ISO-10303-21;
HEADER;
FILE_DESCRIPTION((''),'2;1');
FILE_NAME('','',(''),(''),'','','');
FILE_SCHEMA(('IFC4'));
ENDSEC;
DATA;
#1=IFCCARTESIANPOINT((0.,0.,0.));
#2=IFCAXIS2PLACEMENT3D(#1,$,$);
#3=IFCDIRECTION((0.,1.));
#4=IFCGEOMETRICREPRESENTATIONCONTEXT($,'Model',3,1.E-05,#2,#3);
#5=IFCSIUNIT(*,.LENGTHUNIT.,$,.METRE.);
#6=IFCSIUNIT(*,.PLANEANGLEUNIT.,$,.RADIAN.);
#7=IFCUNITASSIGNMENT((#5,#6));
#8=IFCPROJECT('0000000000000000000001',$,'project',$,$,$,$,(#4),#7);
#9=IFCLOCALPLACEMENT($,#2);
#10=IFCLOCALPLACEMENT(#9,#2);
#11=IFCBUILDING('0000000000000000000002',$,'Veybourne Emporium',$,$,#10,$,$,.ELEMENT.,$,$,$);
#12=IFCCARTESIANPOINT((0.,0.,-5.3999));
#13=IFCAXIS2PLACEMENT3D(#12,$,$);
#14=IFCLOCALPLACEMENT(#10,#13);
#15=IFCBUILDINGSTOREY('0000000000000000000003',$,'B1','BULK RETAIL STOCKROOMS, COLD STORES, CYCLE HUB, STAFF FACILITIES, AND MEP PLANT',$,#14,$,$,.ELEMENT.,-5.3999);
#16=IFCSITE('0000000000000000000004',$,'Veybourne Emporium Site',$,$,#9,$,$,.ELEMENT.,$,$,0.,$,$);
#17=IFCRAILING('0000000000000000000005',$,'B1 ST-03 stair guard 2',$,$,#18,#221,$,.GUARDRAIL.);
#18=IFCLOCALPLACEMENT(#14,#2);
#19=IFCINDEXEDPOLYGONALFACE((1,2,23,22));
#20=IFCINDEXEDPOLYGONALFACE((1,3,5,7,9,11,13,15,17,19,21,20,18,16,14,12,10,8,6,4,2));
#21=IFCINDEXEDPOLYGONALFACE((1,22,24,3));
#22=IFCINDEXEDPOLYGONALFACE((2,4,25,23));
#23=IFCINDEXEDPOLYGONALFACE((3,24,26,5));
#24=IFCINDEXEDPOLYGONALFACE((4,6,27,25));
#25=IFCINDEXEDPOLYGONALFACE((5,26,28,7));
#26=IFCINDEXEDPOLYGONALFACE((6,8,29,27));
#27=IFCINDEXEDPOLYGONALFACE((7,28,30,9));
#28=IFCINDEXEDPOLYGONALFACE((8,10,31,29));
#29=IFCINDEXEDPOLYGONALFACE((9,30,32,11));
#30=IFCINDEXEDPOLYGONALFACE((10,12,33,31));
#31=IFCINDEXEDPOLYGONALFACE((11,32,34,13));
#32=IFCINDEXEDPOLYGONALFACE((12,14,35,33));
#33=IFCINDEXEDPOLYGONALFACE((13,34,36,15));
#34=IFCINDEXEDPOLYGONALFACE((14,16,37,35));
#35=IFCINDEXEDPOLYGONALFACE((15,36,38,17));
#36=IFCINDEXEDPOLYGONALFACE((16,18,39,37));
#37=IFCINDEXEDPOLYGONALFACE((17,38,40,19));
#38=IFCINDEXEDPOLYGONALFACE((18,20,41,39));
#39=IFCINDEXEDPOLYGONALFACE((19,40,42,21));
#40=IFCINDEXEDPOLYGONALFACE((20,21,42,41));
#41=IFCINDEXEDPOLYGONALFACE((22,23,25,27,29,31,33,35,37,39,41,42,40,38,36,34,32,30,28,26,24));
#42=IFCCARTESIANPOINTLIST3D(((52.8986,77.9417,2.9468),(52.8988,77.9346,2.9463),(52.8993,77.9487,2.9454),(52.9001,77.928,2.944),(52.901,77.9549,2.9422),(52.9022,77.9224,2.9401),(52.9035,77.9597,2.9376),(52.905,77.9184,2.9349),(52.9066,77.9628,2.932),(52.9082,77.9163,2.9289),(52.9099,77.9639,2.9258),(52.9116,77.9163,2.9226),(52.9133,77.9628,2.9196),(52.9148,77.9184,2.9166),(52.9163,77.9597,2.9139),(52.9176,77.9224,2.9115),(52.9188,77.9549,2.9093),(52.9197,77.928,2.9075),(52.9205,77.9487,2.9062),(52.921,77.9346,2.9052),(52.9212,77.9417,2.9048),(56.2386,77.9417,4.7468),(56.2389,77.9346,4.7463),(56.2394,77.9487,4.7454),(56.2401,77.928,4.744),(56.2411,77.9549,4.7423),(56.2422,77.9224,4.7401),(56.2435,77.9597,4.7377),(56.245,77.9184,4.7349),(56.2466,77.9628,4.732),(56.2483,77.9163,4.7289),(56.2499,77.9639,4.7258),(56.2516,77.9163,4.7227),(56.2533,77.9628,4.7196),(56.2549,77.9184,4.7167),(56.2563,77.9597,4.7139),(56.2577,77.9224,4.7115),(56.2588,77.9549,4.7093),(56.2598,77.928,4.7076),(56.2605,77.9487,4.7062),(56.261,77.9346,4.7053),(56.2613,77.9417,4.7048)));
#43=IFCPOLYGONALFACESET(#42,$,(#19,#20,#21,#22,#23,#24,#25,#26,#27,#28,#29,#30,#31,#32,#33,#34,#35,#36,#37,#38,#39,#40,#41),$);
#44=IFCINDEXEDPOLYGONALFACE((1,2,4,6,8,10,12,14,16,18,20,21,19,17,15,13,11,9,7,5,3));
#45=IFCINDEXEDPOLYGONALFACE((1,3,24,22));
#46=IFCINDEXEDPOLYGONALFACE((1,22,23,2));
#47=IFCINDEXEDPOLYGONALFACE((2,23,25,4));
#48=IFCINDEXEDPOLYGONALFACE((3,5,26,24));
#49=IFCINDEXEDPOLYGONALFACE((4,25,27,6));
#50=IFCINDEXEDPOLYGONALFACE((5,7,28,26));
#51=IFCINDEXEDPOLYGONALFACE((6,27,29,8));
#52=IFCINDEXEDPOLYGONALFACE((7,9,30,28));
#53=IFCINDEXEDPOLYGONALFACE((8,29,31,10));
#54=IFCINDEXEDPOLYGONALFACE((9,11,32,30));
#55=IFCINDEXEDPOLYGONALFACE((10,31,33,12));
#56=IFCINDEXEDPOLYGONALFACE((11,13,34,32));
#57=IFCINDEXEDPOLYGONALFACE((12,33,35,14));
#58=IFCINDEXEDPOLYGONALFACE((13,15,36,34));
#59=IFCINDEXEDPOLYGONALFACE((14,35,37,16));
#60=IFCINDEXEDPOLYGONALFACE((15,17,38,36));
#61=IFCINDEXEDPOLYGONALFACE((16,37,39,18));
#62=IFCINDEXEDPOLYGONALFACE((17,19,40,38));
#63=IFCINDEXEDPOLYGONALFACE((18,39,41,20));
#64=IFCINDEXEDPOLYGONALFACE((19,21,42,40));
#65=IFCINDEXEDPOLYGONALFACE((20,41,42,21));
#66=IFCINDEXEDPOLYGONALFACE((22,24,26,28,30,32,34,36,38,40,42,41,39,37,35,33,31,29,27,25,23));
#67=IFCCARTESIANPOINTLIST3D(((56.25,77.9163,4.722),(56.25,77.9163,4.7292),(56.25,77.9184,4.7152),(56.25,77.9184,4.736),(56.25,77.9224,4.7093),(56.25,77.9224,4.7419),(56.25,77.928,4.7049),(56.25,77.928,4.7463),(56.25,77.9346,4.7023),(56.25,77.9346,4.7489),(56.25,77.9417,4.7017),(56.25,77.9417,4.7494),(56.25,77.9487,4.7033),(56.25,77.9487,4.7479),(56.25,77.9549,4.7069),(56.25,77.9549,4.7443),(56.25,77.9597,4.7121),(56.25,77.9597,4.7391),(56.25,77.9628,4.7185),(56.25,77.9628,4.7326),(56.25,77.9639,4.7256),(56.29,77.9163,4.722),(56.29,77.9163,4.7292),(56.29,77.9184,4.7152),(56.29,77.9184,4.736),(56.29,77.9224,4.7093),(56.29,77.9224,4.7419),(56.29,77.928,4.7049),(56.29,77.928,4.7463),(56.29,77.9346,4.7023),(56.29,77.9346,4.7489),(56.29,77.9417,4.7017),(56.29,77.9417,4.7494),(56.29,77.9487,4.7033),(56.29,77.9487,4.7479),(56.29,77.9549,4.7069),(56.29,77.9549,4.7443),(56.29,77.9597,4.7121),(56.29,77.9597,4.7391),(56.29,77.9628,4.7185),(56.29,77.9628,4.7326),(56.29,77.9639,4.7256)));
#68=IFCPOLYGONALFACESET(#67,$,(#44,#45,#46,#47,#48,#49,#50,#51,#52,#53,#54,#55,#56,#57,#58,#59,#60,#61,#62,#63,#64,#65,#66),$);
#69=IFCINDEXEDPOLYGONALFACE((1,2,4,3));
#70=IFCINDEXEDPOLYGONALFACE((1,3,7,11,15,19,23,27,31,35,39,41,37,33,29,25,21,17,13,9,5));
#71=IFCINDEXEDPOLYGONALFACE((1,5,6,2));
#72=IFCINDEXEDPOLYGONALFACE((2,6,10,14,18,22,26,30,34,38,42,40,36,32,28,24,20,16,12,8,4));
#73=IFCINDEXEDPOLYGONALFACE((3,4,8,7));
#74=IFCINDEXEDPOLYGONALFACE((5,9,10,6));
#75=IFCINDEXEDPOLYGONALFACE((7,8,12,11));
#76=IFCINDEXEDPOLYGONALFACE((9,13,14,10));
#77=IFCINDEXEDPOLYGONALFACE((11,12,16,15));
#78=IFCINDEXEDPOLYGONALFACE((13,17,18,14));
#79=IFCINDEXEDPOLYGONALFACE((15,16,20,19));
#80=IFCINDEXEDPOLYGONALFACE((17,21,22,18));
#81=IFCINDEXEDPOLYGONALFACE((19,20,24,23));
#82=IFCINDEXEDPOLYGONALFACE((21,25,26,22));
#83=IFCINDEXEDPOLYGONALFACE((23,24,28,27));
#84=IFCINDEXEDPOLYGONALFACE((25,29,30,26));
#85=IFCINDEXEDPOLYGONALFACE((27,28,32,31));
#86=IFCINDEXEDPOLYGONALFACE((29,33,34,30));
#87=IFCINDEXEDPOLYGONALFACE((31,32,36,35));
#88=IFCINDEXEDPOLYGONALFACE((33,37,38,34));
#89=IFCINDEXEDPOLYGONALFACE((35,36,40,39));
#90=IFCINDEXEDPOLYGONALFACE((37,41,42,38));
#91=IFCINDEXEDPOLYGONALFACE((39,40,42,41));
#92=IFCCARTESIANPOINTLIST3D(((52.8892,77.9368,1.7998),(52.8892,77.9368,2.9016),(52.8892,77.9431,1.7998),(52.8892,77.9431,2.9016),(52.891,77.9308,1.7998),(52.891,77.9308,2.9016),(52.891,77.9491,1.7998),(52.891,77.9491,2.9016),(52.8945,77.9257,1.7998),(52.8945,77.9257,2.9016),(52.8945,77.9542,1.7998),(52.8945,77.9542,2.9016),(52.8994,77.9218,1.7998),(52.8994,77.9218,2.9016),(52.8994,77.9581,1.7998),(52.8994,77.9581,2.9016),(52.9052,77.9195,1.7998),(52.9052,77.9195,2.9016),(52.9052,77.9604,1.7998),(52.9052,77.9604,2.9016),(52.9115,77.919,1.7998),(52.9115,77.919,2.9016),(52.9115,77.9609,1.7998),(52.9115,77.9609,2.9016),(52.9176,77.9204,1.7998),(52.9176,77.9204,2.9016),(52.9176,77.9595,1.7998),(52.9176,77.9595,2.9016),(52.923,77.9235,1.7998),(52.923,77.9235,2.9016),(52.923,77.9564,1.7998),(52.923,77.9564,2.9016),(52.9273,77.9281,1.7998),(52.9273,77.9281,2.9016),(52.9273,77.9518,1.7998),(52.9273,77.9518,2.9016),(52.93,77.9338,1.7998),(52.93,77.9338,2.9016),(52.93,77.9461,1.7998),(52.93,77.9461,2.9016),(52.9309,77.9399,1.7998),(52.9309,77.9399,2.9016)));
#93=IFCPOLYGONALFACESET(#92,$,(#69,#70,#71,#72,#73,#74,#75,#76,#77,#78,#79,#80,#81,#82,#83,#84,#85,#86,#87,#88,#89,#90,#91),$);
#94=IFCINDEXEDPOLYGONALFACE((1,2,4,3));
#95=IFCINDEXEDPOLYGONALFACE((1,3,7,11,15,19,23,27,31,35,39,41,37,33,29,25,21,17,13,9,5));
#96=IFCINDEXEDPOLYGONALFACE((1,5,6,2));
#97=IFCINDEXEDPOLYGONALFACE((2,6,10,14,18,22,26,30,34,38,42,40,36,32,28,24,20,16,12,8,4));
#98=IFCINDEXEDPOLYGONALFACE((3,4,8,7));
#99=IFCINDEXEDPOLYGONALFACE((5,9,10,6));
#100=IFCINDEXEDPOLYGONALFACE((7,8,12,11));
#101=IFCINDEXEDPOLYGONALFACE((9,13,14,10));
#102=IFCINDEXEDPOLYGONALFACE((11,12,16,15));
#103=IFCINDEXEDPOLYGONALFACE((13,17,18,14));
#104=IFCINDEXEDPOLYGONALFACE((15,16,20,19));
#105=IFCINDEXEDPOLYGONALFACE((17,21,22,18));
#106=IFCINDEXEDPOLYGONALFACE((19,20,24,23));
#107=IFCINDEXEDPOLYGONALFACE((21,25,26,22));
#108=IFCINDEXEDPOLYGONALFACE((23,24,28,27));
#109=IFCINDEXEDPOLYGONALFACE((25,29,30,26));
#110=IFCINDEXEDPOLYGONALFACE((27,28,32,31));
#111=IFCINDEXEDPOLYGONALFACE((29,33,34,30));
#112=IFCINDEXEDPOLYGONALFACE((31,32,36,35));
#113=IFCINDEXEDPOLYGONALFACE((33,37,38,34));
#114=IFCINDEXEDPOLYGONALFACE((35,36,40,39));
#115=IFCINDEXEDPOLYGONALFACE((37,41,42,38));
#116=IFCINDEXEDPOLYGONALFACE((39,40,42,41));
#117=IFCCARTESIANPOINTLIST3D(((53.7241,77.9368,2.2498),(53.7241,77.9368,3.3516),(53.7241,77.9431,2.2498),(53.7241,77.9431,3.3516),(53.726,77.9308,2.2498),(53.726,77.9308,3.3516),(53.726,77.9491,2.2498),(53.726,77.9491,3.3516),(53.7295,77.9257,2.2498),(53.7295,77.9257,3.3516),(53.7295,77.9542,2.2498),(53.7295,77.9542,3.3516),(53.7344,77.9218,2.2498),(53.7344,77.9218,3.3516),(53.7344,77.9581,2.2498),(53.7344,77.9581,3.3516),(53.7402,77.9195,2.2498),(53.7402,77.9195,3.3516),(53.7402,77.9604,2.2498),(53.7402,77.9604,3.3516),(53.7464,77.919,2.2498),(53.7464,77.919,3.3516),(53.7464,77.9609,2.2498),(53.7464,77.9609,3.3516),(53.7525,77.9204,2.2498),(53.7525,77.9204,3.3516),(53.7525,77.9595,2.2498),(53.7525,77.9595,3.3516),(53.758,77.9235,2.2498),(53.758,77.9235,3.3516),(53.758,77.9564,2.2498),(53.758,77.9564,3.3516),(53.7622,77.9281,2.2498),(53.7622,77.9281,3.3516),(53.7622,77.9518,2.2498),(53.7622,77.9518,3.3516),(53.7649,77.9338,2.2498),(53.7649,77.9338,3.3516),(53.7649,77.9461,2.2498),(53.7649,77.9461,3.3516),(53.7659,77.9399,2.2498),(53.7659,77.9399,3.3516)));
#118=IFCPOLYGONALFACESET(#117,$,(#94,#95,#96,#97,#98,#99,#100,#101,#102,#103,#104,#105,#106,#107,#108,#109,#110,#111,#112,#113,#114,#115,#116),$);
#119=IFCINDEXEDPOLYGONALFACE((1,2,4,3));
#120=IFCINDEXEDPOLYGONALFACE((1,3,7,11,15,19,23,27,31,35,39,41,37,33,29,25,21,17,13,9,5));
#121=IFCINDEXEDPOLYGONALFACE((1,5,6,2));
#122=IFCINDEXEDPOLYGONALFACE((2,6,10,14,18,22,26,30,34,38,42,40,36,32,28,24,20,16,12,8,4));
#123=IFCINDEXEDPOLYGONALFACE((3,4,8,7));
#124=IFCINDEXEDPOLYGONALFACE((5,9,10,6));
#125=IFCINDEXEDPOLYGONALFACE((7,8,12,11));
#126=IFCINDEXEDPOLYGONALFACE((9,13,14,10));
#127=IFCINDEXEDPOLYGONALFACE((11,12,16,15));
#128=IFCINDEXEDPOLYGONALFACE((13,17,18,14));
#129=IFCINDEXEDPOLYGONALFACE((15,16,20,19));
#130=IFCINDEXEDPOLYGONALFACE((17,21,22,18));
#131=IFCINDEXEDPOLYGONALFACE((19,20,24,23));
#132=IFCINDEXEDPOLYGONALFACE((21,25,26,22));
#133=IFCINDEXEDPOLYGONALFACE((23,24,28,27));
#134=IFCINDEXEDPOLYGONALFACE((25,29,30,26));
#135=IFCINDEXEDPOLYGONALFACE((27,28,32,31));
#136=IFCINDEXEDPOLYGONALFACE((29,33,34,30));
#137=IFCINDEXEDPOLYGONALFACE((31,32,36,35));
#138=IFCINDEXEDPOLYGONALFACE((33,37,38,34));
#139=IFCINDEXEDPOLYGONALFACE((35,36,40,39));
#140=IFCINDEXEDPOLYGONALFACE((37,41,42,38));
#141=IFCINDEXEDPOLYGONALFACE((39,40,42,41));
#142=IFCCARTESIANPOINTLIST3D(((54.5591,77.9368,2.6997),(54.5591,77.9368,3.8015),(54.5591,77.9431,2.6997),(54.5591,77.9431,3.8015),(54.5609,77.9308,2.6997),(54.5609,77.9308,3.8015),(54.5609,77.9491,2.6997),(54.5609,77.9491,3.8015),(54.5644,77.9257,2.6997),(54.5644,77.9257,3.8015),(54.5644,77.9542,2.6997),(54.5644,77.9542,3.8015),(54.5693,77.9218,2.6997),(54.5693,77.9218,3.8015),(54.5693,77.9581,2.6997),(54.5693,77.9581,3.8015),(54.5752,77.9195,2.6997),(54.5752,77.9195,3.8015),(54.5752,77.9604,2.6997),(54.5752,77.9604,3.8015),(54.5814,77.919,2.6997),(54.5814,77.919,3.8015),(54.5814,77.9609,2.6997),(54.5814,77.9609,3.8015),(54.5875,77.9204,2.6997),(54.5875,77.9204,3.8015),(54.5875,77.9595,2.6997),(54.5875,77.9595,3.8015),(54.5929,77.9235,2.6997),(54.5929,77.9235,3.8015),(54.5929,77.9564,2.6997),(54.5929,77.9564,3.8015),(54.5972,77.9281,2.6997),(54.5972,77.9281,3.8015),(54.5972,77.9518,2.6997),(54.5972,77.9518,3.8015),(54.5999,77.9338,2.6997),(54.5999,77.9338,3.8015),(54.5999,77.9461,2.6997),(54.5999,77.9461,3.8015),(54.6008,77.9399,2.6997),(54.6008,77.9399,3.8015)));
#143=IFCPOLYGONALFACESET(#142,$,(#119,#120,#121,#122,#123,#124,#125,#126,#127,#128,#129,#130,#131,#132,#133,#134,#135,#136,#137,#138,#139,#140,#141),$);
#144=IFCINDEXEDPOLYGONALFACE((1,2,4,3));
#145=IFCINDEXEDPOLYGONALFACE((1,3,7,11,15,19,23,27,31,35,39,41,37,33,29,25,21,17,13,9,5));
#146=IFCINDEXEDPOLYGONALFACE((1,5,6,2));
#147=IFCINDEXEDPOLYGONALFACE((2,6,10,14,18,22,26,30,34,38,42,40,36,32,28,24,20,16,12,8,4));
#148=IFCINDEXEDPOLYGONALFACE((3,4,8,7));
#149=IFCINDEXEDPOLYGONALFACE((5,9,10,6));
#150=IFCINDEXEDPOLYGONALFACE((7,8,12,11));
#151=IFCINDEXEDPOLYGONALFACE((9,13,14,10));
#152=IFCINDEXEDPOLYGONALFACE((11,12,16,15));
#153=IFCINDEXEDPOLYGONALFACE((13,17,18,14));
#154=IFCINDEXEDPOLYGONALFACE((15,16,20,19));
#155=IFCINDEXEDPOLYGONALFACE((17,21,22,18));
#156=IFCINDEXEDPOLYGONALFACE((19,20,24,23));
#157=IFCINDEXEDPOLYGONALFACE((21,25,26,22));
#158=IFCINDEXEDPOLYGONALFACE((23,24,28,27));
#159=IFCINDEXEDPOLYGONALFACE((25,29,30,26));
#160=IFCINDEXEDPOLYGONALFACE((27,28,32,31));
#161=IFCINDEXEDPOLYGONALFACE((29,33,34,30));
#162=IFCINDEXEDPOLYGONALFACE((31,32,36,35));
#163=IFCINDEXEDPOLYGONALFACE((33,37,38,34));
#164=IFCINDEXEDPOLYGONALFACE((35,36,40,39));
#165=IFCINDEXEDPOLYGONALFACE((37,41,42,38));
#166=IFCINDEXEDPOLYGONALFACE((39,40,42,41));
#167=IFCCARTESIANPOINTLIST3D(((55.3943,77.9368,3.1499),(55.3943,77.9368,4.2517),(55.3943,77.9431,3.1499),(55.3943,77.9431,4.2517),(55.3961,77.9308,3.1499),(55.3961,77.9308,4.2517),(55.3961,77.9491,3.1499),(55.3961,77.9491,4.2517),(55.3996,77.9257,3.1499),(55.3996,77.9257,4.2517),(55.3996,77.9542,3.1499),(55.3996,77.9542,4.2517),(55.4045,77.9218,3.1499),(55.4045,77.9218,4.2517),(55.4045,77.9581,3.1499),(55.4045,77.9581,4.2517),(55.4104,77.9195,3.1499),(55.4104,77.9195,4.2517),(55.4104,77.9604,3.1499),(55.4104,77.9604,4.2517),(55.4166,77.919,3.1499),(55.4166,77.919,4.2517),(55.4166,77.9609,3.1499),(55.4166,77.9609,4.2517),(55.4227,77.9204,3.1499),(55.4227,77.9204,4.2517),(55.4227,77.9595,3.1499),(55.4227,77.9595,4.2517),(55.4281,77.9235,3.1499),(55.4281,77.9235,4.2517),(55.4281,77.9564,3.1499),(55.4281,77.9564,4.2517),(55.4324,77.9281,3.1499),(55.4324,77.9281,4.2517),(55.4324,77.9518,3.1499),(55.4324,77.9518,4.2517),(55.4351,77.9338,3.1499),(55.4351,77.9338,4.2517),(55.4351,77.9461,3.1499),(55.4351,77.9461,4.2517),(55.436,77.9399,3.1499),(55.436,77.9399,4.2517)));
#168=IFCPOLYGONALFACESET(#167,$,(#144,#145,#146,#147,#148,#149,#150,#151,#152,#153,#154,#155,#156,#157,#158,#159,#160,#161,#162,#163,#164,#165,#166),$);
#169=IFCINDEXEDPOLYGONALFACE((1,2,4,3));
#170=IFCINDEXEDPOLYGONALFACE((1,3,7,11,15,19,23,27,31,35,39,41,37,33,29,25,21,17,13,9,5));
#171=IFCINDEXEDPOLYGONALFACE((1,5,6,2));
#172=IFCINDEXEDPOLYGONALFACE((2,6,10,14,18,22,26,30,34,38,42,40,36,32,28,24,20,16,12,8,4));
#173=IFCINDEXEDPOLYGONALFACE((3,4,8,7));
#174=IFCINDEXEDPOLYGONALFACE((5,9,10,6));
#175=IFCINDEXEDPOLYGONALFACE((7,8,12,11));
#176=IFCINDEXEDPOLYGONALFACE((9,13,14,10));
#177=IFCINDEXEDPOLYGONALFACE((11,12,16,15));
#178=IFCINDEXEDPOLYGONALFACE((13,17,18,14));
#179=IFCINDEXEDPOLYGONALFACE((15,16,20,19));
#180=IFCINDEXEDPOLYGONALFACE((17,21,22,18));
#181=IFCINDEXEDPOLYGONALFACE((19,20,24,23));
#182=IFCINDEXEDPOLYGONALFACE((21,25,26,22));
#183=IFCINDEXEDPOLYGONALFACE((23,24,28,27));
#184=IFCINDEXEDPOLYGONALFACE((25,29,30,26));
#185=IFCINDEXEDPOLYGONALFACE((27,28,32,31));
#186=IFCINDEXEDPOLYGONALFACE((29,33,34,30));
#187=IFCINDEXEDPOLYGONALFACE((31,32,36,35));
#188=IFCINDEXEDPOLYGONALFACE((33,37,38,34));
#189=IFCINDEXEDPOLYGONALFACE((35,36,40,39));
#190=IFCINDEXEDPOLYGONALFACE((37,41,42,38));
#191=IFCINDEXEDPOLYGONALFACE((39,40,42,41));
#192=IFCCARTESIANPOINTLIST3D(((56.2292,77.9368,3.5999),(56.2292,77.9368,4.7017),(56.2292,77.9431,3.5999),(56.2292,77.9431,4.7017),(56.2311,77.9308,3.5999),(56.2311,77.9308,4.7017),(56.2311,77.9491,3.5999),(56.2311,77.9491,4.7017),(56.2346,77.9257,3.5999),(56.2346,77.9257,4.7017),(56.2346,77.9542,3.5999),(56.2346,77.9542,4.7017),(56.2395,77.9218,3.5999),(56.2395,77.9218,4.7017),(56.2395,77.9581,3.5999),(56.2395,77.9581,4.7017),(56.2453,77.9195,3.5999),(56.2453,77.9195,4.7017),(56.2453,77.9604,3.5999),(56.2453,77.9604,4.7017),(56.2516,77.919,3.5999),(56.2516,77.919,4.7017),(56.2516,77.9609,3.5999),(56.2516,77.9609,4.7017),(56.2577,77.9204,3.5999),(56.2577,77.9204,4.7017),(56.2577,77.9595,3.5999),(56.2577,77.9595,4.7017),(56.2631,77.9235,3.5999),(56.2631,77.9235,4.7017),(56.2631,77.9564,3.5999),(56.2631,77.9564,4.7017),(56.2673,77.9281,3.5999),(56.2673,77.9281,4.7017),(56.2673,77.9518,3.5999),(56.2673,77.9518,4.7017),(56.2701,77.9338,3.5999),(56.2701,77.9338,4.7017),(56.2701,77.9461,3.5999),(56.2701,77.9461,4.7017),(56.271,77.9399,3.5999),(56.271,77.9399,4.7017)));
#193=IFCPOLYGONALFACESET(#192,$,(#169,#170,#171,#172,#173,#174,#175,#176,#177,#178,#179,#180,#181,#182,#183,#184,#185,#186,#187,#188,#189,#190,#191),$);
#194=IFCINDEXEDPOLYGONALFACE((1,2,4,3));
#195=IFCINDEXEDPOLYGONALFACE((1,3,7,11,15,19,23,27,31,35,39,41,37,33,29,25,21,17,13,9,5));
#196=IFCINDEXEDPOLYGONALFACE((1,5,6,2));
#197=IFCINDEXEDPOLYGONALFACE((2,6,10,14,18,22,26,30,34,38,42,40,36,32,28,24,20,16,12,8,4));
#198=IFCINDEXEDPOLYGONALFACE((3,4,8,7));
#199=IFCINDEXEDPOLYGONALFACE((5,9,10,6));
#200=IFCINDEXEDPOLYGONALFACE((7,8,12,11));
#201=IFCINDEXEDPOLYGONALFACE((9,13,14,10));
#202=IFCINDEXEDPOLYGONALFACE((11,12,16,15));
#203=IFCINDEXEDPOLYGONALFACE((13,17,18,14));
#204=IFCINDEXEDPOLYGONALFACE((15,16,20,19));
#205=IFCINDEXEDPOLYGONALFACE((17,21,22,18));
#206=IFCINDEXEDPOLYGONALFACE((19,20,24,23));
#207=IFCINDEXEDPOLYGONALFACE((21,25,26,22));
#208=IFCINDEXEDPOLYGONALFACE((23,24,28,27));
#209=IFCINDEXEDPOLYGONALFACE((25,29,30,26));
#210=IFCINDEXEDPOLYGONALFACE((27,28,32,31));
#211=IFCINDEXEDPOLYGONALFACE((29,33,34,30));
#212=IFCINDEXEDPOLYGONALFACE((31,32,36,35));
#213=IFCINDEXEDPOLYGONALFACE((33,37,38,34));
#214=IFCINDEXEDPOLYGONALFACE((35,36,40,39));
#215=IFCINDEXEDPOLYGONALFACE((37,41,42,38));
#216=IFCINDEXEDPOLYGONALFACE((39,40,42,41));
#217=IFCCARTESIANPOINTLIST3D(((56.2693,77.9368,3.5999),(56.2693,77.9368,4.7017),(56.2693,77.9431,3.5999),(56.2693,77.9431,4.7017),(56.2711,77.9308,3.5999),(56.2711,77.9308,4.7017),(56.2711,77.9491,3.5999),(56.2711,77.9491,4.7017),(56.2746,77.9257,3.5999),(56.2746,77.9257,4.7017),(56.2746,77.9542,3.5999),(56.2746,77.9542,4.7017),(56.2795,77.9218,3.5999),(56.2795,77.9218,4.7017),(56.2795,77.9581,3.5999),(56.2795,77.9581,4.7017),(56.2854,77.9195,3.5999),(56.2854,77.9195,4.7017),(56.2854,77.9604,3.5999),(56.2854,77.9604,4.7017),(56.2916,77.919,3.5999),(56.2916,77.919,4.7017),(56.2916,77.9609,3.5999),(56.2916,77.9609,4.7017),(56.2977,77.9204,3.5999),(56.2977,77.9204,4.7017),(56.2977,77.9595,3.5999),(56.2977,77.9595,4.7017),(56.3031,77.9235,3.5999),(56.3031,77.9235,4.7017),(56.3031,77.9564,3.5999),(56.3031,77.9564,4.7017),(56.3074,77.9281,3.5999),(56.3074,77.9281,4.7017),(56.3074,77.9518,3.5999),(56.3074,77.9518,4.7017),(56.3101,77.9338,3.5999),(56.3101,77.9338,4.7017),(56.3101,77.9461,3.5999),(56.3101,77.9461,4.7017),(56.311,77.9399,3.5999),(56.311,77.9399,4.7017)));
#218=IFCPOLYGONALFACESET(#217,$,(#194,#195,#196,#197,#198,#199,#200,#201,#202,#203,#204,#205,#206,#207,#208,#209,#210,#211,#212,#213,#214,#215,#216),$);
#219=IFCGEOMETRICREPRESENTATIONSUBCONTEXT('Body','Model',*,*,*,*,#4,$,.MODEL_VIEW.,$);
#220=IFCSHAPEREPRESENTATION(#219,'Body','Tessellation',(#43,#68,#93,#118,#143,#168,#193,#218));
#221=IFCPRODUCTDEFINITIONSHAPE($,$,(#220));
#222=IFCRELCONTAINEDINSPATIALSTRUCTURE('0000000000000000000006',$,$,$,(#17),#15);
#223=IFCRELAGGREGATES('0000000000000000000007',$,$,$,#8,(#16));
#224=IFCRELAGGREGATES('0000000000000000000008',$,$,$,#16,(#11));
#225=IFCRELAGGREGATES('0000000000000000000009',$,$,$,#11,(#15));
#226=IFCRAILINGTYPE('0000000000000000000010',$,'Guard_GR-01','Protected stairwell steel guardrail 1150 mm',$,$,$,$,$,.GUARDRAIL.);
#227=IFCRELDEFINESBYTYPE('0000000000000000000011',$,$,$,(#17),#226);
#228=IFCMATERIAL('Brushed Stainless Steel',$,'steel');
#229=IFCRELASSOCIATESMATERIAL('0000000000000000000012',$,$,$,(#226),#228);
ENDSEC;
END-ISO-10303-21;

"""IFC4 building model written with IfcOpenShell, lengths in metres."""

from ifc_helpers import new_model, si_unit, direction, frame, origin, origin_2d, place, context, subcontext, project, spatial, circle, extrude, material, type_object, element, save


model = new_model("IFC4")

# Units and contexts
model_context = context("Model", 3, precision=1e-05, world=origin(), true_north=direction((0.0, 1.0)))
body_context = subcontext(model_context, "Body", "Model", "MODEL_VIEW")
ifc_project = project(units=[si_unit("LENGTHUNIT", "METRE"), si_unit("PLANEANGLEUNIT", "RADIAN")], contexts=[model_context])

# Site, building, storey
site_placement = place(None, origin())
site = spatial("IfcSite", under=ifc_project, at=site_placement, Name="Veybourne Emporium Site", CompositionType="ELEMENT", RefElevation=0.0)
building_placement = place(site_placement, origin())
building = spatial("IfcBuilding", under=site, at=building_placement, Name="Veybourne Emporium", CompositionType="ELEMENT")
storey_placement = place(building_placement, frame((0.0, 0.0, -5.3999)))
storey = spatial("IfcBuildingStorey", under=building, at=storey_placement, Name="B1", Description="BULK RETAIL STOCKROOMS, COLD STORES, CYCLE HUB, STAFF FACILITIES, AND MEP PLANT", CompositionType="ELEMENT", Elevation=-5.3999)

# Railing
ifc_material_1 = material(Name="Brushed Stainless Steel", Category="steel")
railing_type_1 = type_object("IfcRailingType", Name="Guard_GR-01", Description="Protected stairwell steel guardrail 1150 mm", PredefinedType="GUARDRAIL", material=ifc_material_1)
railing_1_placement = place(storey_placement, frame((52.9099, 77.9399, 1.7998)))
element("IfcRailing", 1, at=railing_1_placement, inside=storey, type_object=railing_type_1, Name="B1 ST-03 stair guard 2", PredefinedType="GUARDRAIL", context=body_context, shape_type="SweptSolid", body=[
    extrude(circle(Radius=0.0239, at=origin_2d()), frame((0.0, 0.0, 1.126), z_axis=(0.880302, 0.0, 0.474414), x_axis=(0.0, 1.0, 0.0)), (0.0, 0.0, 1.0), 3.7942),
    extrude(circle(Radius=0.0239, at=origin_2d()), frame((3.3401, 0.0, 2.9258), z_axis=(1.0, 0.0, 0.0), x_axis=(0.0, 1.0, 0.0)), (0.0, 0.0, 1.0), 0.04),
    extrude(circle(Radius=0.021, at=origin_2d()), origin(), (0.0, 0.0, 1.0), 1.1018),
    extrude(circle(Radius=0.021, at=origin_2d()), frame((0.835, 0.0, 0.45)), (0.0, 0.0, 1.0), 1.1018),
    extrude(circle(Radius=0.021, at=origin_2d()), frame((1.6699, 0.0, 0.8999)), (0.0, 0.0, 1.0), 1.1018),
    extrude(circle(Radius=0.021, at=origin_2d()), frame((2.5051, 0.0, 1.3501)), (0.0, 0.0, 1.0), 1.1018),
    extrude(circle(Radius=0.021, at=origin_2d()), frame((3.3401, 0.0, 1.8)), (0.0, 0.0, 1.0), 1.1018),
    extrude(circle(Radius=0.021, at=origin_2d()), frame((3.3801, 0.0, 1.8)), (0.0, 0.0, 1.0), 1.1018),
])

save(model, "model.ifc")
